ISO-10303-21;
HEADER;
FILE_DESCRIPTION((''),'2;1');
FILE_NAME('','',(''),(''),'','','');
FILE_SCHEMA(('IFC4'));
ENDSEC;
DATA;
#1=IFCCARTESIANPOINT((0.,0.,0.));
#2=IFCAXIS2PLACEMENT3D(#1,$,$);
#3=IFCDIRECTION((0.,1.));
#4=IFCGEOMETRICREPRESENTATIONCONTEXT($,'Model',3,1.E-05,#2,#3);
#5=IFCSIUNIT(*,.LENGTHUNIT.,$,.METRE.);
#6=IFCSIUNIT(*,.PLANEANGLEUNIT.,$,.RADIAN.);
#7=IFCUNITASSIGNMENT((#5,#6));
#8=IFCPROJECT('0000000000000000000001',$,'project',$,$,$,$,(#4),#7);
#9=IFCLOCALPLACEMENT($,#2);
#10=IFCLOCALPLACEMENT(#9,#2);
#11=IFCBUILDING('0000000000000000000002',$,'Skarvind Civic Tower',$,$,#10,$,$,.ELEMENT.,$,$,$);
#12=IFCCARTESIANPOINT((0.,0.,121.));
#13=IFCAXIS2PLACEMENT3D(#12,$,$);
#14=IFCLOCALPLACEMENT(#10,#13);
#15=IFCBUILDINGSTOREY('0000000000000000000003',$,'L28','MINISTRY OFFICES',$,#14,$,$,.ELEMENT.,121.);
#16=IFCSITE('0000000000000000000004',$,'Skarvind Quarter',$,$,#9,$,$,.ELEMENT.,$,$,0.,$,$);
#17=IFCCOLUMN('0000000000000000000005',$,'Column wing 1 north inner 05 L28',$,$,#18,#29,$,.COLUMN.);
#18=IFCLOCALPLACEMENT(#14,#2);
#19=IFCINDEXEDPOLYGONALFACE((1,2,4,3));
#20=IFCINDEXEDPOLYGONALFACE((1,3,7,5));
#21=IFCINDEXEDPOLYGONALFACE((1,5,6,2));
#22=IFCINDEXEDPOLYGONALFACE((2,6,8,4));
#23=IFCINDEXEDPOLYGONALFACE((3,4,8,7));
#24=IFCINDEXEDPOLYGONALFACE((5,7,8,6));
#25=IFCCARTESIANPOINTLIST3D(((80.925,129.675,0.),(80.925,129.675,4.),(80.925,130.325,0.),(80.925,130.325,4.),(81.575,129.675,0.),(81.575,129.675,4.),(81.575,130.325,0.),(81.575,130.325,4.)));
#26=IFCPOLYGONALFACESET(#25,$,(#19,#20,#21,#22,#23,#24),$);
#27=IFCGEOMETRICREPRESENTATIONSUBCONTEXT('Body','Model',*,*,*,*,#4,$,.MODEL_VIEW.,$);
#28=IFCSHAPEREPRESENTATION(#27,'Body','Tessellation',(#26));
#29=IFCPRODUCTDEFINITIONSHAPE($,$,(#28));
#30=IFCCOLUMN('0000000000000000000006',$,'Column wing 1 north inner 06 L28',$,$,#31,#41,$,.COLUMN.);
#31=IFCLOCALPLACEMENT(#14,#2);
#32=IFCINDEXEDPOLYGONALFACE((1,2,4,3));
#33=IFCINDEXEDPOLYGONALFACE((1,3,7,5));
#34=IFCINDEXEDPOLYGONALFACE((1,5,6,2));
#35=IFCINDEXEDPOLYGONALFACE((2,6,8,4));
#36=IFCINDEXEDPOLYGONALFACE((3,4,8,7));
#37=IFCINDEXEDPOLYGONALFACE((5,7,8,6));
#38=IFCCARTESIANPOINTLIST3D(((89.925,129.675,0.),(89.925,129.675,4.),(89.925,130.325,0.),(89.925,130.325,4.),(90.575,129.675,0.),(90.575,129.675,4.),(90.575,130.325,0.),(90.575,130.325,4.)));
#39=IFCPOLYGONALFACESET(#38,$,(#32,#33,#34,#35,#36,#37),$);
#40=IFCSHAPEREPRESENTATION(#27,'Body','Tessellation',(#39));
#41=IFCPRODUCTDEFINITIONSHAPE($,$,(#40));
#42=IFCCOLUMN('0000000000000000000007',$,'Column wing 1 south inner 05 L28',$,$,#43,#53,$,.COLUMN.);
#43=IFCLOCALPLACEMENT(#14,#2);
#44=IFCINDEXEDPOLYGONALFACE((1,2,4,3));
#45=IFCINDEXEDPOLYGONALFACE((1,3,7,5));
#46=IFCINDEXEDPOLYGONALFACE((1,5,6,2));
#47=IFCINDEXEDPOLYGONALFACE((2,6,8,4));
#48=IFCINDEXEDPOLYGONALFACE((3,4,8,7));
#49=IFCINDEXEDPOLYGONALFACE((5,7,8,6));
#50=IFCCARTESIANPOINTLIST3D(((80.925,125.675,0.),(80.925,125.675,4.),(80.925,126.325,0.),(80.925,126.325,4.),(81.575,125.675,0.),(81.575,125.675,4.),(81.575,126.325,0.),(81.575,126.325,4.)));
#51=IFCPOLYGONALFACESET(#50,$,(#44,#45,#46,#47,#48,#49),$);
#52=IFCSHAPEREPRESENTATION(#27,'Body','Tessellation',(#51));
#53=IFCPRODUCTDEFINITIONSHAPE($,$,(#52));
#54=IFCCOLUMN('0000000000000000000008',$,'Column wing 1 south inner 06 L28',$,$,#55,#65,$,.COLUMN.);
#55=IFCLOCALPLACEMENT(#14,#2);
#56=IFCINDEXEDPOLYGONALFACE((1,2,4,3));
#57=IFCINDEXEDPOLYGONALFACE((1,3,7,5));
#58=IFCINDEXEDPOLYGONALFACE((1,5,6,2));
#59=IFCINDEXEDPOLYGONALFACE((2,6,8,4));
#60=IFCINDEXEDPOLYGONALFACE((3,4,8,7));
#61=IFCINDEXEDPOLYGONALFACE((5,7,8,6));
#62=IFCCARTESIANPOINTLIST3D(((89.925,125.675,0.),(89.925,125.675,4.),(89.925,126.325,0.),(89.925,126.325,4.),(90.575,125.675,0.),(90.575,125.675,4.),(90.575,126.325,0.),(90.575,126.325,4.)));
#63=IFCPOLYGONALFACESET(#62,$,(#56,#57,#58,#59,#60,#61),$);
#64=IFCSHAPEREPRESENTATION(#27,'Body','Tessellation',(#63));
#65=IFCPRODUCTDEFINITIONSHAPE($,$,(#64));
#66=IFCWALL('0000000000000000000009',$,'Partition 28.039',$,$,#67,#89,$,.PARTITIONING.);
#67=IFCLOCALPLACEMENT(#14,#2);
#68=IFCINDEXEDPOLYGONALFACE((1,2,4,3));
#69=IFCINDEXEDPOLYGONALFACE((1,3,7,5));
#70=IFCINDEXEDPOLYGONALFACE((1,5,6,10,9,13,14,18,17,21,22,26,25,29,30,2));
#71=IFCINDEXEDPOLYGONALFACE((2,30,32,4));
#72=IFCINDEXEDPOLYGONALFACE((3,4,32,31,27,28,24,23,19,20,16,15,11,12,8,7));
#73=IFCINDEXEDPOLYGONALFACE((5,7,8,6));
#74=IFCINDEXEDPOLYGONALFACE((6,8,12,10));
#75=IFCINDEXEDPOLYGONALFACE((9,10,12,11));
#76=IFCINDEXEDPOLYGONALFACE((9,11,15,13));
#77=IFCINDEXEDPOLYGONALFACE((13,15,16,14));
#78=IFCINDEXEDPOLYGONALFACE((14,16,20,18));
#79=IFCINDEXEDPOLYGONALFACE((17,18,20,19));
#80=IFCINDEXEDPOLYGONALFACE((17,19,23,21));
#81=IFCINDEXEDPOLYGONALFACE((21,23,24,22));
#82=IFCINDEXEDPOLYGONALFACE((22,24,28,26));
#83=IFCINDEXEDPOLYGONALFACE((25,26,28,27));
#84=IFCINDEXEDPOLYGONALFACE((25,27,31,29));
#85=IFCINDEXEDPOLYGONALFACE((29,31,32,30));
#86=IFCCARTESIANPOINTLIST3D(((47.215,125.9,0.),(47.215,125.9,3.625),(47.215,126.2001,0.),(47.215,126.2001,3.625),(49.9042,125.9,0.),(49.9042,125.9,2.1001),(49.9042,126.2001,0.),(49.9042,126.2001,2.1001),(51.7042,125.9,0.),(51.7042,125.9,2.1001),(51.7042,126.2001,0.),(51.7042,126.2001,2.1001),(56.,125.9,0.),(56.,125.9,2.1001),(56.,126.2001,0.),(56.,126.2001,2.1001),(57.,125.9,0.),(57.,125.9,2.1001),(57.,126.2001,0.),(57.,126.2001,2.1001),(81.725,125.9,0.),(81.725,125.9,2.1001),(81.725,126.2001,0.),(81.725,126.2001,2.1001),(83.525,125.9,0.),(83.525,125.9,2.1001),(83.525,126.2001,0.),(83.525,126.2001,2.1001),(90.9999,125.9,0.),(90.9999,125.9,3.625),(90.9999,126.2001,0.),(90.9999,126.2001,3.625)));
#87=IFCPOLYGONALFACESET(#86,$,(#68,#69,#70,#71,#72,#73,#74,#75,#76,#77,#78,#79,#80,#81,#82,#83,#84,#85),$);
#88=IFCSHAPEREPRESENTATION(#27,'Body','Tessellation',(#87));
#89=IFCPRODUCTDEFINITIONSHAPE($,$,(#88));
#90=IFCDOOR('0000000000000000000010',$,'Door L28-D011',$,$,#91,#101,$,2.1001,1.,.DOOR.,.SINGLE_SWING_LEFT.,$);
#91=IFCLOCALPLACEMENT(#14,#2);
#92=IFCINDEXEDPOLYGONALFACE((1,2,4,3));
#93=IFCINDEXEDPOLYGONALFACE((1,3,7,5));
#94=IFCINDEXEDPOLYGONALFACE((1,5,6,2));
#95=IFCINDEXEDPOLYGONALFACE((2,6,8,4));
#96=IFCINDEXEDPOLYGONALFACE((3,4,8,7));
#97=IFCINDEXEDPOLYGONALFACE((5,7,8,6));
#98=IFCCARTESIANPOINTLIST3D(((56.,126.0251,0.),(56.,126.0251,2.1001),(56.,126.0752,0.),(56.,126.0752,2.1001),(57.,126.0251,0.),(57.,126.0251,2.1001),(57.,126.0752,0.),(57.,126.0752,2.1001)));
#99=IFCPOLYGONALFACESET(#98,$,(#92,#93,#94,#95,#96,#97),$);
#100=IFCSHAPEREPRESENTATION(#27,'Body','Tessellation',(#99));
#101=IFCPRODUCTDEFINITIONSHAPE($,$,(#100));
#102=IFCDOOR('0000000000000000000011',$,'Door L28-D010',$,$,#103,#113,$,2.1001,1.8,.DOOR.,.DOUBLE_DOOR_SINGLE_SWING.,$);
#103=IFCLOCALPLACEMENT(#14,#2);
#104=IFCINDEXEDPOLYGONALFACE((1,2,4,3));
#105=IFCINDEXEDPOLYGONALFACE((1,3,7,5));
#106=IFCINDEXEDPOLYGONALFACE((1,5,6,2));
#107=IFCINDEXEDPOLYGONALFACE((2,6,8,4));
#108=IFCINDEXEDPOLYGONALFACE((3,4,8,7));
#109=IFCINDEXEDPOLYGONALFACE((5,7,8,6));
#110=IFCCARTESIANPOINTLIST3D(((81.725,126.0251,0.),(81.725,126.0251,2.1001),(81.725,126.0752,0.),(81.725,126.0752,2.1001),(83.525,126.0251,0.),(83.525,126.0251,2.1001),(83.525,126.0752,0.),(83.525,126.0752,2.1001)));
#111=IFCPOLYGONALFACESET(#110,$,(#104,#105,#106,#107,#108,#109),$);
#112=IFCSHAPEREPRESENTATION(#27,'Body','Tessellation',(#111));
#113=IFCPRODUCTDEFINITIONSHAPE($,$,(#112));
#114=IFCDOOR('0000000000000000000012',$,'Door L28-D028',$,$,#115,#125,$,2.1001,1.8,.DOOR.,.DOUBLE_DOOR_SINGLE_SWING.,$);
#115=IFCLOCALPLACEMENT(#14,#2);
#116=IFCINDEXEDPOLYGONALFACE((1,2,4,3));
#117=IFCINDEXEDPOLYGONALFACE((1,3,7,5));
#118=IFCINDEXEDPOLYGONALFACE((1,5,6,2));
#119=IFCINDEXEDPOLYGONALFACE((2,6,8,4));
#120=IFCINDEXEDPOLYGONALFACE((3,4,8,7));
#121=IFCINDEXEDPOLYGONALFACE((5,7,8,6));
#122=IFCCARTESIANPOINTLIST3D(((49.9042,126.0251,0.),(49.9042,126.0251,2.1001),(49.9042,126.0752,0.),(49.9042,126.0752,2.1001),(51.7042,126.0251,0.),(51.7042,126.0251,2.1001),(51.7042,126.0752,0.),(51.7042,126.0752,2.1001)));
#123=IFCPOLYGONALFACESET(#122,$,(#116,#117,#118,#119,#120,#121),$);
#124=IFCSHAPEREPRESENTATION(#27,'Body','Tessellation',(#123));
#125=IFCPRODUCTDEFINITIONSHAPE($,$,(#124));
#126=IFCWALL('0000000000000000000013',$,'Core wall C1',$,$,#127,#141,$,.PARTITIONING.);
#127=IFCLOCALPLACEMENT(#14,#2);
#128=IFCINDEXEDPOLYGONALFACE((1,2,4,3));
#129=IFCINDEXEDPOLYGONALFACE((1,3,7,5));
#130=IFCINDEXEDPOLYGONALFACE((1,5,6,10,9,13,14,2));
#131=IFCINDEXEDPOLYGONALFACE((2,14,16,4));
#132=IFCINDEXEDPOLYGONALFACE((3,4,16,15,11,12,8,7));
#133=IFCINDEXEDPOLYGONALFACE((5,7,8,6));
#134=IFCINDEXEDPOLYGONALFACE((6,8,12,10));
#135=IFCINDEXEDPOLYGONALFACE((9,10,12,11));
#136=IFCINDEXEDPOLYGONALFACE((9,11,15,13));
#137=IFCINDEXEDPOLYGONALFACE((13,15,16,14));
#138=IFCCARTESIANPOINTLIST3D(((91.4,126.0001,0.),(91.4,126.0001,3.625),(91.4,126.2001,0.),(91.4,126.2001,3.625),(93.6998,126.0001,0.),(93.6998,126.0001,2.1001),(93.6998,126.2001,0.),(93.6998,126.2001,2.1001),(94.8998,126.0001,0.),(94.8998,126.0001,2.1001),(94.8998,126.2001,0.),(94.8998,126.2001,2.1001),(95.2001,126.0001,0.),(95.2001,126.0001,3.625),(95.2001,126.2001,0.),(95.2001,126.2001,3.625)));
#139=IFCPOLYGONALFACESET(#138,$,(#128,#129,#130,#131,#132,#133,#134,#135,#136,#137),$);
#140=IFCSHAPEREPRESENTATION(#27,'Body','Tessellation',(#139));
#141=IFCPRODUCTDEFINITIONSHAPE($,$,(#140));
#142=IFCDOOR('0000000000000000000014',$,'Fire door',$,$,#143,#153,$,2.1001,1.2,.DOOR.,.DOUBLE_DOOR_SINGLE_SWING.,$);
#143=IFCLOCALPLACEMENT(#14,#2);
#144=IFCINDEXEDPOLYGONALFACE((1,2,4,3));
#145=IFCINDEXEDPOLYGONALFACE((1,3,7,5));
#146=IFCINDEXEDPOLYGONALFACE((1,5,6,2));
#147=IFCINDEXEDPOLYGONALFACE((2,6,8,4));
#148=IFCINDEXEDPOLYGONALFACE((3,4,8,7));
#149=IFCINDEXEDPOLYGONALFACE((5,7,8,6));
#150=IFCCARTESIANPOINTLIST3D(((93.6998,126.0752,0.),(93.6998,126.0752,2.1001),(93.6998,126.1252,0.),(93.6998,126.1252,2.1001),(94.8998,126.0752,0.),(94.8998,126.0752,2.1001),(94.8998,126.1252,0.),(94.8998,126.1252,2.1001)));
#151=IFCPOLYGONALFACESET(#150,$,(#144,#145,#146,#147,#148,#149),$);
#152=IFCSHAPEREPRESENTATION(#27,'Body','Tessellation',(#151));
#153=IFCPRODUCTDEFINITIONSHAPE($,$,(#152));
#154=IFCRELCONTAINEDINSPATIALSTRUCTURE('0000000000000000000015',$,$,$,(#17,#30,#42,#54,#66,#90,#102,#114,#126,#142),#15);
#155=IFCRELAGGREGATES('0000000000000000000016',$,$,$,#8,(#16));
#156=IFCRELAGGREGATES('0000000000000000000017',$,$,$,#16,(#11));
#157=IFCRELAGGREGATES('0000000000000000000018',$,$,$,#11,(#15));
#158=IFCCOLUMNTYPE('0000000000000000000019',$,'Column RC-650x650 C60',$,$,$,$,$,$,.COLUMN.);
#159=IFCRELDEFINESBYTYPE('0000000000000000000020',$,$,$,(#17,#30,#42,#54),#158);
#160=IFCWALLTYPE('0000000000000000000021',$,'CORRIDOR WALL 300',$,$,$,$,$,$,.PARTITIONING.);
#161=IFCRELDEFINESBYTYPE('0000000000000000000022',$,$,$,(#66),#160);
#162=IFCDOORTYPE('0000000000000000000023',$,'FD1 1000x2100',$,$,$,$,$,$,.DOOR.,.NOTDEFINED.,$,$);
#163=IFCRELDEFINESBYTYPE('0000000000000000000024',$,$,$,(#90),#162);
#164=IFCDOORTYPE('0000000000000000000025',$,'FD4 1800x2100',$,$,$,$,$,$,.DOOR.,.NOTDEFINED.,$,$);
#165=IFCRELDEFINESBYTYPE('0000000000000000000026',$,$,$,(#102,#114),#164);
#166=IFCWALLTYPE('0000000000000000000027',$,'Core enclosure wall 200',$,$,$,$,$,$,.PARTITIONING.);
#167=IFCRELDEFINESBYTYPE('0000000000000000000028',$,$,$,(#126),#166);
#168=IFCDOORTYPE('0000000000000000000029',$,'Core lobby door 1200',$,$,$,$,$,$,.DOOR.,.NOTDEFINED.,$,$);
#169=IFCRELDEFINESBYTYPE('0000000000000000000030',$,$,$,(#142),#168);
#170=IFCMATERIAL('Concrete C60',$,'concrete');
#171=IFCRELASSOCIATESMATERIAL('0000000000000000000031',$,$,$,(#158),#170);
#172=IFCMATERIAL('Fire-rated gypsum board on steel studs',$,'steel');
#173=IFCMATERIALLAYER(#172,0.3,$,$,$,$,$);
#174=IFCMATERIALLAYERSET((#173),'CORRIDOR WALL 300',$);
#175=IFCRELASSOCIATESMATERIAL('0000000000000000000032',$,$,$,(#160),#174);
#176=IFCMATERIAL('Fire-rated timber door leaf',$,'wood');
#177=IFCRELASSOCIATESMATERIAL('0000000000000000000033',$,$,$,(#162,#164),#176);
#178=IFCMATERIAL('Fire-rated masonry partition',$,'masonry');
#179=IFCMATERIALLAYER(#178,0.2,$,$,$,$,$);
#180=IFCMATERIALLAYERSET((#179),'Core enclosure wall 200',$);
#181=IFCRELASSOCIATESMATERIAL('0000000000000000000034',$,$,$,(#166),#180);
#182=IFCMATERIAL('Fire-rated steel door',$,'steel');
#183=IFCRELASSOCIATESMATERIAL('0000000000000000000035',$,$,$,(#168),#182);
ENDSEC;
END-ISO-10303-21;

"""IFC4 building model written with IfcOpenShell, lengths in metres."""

from ifc_helpers import new_model, si_unit, direction, frame, frame_2d, origin, origin_2d, place, context, subcontext, project, spatial, rectangle, extrude, material, layer, layer_set, material_profile, profile_set, type_object, element, fill, save


model = new_model("IFC4")

# Units and contexts
model_context = context("Model", 3, precision=1e-05, world=origin(), true_north=direction((0.0, 1.0)))
body_context = subcontext(model_context, "Body", "Model", "MODEL_VIEW")
ifc_project = project(units=[si_unit("LENGTHUNIT", "METRE"), si_unit("PLANEANGLEUNIT", "RADIAN")], contexts=[model_context])

# Site, building, storey
site_placement = place(None, origin())
site = spatial("IfcSite", under=ifc_project, at=site_placement, Name="Skarvind Quarter", CompositionType="ELEMENT", RefElevation=0.0)
building_placement = place(site_placement, origin())
building = spatial("IfcBuilding", under=site, at=building_placement, Name="Skarvind Civic Tower", CompositionType="ELEMENT")
storey_placement = place(building_placement, frame((0.0, 0.0, 121.0)))
storey = spatial("IfcBuildingStorey", under=building, at=storey_placement, Name="L28", Description="MINISTRY OFFICES", CompositionType="ELEMENT", Elevation=121.0)

# Columns
ifc_material_1 = material(Name="Concrete C60", Category="concrete")
ifc_material_profile = material_profile(ifc_material_1, rectangle(XDim=0.6499, YDim=0.6499, at=origin_2d()), Name="RC-650x650")
ifc_profile_set = profile_set([ifc_material_profile], Name="Concrete C60")
column_type = type_object("IfcColumnType", Name="Column RC-650x650 C60", PredefinedType="COLUMN", material=ifc_profile_set)
for number, where, z_axis, x_axis, name in (
    (1, (81.25, 130.0, 0.0), (0.0, 0.0, 1.0), (1.0, 0.0, 0.0), "Column wing 1 north inner 05 L28"),
    (2, (90.25, 130.0, 0.0), (0.0, 0.0, 1.0), (1.0, 0.0, 0.0), "Column wing 1 north inner 06 L28"),
    (3, (81.25, 126.0, 0.0), (0.0, 0.0, 1.0), (1.0, 0.0, 0.0), "Column wing 1 south inner 05 L28"),
    (4, (90.25, 126.0, 0.0), (0.0, 0.0, 1.0), (1.0, 0.0, 0.0), "Column wing 1 south inner 06 L28"),
):
    element("IfcColumn", number, at=place(storey_placement, frame(where, z_axis=z_axis, x_axis=x_axis)), inside=storey, type_object=column_type, Name=name, PredefinedType="COLUMN", context=body_context, shape_type="SweptSolid", body=[
        extrude(rectangle(XDim=0.6499, YDim=0.6499, at=origin_2d()), origin(), (0.0, 0.0, 1.0), 4.0),
    ])

# Wall, openings, doors
ifc_material_2 = material(Name="Fire-rated gypsum board on steel studs", Category="steel")
ifc_layer_1 = layer(ifc_material_2, 0.3)
ifc_layer_set_1 = layer_set([ifc_layer_1], Name="CORRIDOR WALL 300")
wall_type_1 = type_object("IfcWallType", Name="CORRIDOR WALL 300", PredefinedType="PARTITIONING", material=ifc_layer_set_1)
wall_1_placement = place(storey_placement, frame((91.0, 126.05, 0.0), z_axis=(0.0, 0.0, 1.0), x_axis=(-1.0, 0.0, 0.0)))
wall_1 = element("IfcWall", 5, at=wall_1_placement, inside=storey, type_object=wall_type_1, Name="Partition 28.039", PredefinedType="PARTITIONING", context=body_context, shape_type="SweptSolid", body=[
    extrude(rectangle(XDim=43.7849, YDim=0.3, at=frame_2d((21.8926, 0.0))), origin(), (0.0, 0.0, 1.0), 3.625),
])
opening_1_placement = place(wall_1_placement, frame((7.4751, 0.0, 0.0)))
opening_1 = element("IfcOpeningElement", 6, at=opening_1_placement, cuts=wall_1, PredefinedType="OPENING", context=body_context, shape_type="SweptSolid", body=[
    extrude(rectangle(XDim=1.8, YDim=2.1001, at=frame_2d((0.8999, 1.05))), frame((0.0, 0.1599, 0.0), z_axis=(0.0, -1.0, 0.0), x_axis=(1.0, 0.0, 0.0)), (0.0, 0.0, 1.0), 0.3201),
])
opening_2_placement = place(wall_1_placement, frame((34.0, 0.0, 0.0)))
opening_2 = element("IfcOpeningElement", 7, at=opening_2_placement, cuts=wall_1, PredefinedType="OPENING", context=body_context, shape_type="SweptSolid", body=[
    extrude(rectangle(XDim=1.0, YDim=2.1001, at=frame_2d((0.5, 1.05))), frame((0.0, 0.1599, 0.0), z_axis=(0.0, -1.0, 0.0), x_axis=(1.0, 0.0, 0.0)), (0.0, 0.0, 1.0), 0.3201),
])
opening_3_placement = place(wall_1_placement, frame((39.2959, 0.0, 0.0)))
opening_3 = element("IfcOpeningElement", 8, at=opening_3_placement, cuts=wall_1, PredefinedType="OPENING", context=body_context, shape_type="SweptSolid", body=[
    extrude(rectangle(XDim=1.8, YDim=2.1001, at=frame_2d((0.8999, 1.05))), frame((0.0, 0.1599, 0.0), z_axis=(0.0, -1.0, 0.0), x_axis=(1.0, 0.0, 0.0)), (0.0, 0.0, 1.0), 0.3201),
])
ifc_material_3 = material(Name="Fire-rated timber door leaf", Category="wood")
door_type_1 = type_object("IfcDoorType", Name="FD1 1000x2100", OperationType="NOTDEFINED", PredefinedType="DOOR", material=ifc_material_3)
door_1_placement = place(opening_2_placement, origin())
door_1 = element("IfcDoor", 9, at=door_1_placement, inside=storey, type_object=door_type_1, Name="Door L28-D011", OperationType="SINGLE_SWING_LEFT", OverallHeight=2.1001, OverallWidth=1.0, PredefinedType="DOOR", context=body_context, shape_type="SweptSolid", body=[
    extrude(rectangle(XDim=1.0, YDim=2.1001, at=frame_2d((0.5, 1.05))), frame((0.0, 0.0249, 0.0), z_axis=(0.0, -1.0, 0.0), x_axis=(1.0, 0.0, 0.0)), (0.0, 0.0, 1.0), 0.05),
])
fill(opening_2, door_1)
door_type_2 = type_object("IfcDoorType", Name="FD4 1800x2100", OperationType="NOTDEFINED", PredefinedType="DOOR", material=ifc_material_3)
door_2_placement = place(opening_1_placement, origin())
door_2 = element("IfcDoor", 10, at=door_2_placement, inside=storey, type_object=door_type_2, Name="Door L28-D010", OperationType="DOUBLE_DOOR_SINGLE_SWING", OverallHeight=2.1001, OverallWidth=1.8, PredefinedType="DOOR", context=body_context, shape_type="SweptSolid", body=[
    extrude(rectangle(XDim=1.8, YDim=2.1001, at=frame_2d((0.8999, 1.05))), frame((0.0, 0.0249, 0.0), z_axis=(0.0, -1.0, 0.0), x_axis=(1.0, 0.0, 0.0)), (0.0, 0.0, 1.0), 0.05),
])
fill(opening_1, door_2)
door_3_placement = place(opening_3_placement, origin())
door_3 = element("IfcDoor", 11, at=door_3_placement, inside=storey, type_object=door_type_2, Name="Door L28-D028", OperationType="DOUBLE_DOOR_SINGLE_SWING", OverallHeight=2.1001, OverallWidth=1.8, PredefinedType="DOOR", context=body_context, shape_type="SweptSolid", body=[
    extrude(rectangle(XDim=1.8, YDim=2.1001, at=frame_2d((0.8999, 1.05))), frame((0.0, 0.0249, 0.0), z_axis=(0.0, -1.0, 0.0), x_axis=(1.0, 0.0, 0.0)), (0.0, 0.0, 1.0), 0.05),
])
fill(opening_3, door_3)

# Wall, opening, door
ifc_material_4 = material(Name="Fire-rated masonry partition", Category="masonry")
ifc_layer_2 = layer(ifc_material_4, 0.2)
ifc_layer_set_2 = layer_set([ifc_layer_2], Name="Core enclosure wall 200")
wall_type_2 = type_object("IfcWallType", Name="Core enclosure wall 200", PredefinedType="PARTITIONING", material=ifc_layer_set_2)
wall_2_placement = place(storey_placement, frame((95.2, 126.1001, 0.0), z_axis=(0.0, 0.0, 1.0), x_axis=(-1.0, 0.0, 0.0)))
wall_2 = element("IfcWall", 12, at=wall_2_placement, inside=storey, type_object=wall_type_2, Name="Core wall C1", PredefinedType="PARTITIONING", context=body_context, shape_type="SweptSolid", body=[
    extrude(rectangle(XDim=3.8, YDim=0.2, at=frame_2d((1.8999, 0.0))), origin(), (0.0, 0.0, 1.0), 3.625),
])
opening_4_placement = place(wall_2_placement, frame((0.3, 0.0, 0.0)))
opening_4 = element("IfcOpeningElement", 13, at=opening_4_placement, cuts=wall_2, PredefinedType="OPENING", context=body_context, shape_type="SweptSolid", body=[
    extrude(rectangle(XDim=1.2, YDim=2.1001, at=frame_2d((0.6001, 1.05))), frame((0.0, 0.1099, 0.0), z_axis=(0.0, -1.0, 0.0), x_axis=(1.0, 0.0, 0.0)), (0.0, 0.0, 1.0), 0.22),
])
ifc_material_5 = material(Name="Fire-rated steel door", Category="steel")
door_type_3 = type_object("IfcDoorType", Name="Core lobby door 1200", OperationType="NOTDEFINED", PredefinedType="DOOR", material=ifc_material_5)
door_4_placement = place(opening_4_placement, origin())
door_4 = element("IfcDoor", 14, at=door_4_placement, inside=storey, type_object=door_type_3, Name="Fire door", OperationType="DOUBLE_DOOR_SINGLE_SWING", OverallHeight=2.1001, OverallWidth=1.2, PredefinedType="DOOR", context=body_context, shape_type="SweptSolid", body=[
    extrude(rectangle(XDim=1.2, YDim=2.1001, at=frame_2d((0.6001, 1.05))), frame((0.0, 0.0249, 0.0), z_axis=(0.0, -1.0, 0.0), x_axis=(1.0, 0.0, 0.0)), (0.0, 0.0, 1.0), 0.05),
])
fill(opening_4, door_4)

save(model, "model.ifc")
